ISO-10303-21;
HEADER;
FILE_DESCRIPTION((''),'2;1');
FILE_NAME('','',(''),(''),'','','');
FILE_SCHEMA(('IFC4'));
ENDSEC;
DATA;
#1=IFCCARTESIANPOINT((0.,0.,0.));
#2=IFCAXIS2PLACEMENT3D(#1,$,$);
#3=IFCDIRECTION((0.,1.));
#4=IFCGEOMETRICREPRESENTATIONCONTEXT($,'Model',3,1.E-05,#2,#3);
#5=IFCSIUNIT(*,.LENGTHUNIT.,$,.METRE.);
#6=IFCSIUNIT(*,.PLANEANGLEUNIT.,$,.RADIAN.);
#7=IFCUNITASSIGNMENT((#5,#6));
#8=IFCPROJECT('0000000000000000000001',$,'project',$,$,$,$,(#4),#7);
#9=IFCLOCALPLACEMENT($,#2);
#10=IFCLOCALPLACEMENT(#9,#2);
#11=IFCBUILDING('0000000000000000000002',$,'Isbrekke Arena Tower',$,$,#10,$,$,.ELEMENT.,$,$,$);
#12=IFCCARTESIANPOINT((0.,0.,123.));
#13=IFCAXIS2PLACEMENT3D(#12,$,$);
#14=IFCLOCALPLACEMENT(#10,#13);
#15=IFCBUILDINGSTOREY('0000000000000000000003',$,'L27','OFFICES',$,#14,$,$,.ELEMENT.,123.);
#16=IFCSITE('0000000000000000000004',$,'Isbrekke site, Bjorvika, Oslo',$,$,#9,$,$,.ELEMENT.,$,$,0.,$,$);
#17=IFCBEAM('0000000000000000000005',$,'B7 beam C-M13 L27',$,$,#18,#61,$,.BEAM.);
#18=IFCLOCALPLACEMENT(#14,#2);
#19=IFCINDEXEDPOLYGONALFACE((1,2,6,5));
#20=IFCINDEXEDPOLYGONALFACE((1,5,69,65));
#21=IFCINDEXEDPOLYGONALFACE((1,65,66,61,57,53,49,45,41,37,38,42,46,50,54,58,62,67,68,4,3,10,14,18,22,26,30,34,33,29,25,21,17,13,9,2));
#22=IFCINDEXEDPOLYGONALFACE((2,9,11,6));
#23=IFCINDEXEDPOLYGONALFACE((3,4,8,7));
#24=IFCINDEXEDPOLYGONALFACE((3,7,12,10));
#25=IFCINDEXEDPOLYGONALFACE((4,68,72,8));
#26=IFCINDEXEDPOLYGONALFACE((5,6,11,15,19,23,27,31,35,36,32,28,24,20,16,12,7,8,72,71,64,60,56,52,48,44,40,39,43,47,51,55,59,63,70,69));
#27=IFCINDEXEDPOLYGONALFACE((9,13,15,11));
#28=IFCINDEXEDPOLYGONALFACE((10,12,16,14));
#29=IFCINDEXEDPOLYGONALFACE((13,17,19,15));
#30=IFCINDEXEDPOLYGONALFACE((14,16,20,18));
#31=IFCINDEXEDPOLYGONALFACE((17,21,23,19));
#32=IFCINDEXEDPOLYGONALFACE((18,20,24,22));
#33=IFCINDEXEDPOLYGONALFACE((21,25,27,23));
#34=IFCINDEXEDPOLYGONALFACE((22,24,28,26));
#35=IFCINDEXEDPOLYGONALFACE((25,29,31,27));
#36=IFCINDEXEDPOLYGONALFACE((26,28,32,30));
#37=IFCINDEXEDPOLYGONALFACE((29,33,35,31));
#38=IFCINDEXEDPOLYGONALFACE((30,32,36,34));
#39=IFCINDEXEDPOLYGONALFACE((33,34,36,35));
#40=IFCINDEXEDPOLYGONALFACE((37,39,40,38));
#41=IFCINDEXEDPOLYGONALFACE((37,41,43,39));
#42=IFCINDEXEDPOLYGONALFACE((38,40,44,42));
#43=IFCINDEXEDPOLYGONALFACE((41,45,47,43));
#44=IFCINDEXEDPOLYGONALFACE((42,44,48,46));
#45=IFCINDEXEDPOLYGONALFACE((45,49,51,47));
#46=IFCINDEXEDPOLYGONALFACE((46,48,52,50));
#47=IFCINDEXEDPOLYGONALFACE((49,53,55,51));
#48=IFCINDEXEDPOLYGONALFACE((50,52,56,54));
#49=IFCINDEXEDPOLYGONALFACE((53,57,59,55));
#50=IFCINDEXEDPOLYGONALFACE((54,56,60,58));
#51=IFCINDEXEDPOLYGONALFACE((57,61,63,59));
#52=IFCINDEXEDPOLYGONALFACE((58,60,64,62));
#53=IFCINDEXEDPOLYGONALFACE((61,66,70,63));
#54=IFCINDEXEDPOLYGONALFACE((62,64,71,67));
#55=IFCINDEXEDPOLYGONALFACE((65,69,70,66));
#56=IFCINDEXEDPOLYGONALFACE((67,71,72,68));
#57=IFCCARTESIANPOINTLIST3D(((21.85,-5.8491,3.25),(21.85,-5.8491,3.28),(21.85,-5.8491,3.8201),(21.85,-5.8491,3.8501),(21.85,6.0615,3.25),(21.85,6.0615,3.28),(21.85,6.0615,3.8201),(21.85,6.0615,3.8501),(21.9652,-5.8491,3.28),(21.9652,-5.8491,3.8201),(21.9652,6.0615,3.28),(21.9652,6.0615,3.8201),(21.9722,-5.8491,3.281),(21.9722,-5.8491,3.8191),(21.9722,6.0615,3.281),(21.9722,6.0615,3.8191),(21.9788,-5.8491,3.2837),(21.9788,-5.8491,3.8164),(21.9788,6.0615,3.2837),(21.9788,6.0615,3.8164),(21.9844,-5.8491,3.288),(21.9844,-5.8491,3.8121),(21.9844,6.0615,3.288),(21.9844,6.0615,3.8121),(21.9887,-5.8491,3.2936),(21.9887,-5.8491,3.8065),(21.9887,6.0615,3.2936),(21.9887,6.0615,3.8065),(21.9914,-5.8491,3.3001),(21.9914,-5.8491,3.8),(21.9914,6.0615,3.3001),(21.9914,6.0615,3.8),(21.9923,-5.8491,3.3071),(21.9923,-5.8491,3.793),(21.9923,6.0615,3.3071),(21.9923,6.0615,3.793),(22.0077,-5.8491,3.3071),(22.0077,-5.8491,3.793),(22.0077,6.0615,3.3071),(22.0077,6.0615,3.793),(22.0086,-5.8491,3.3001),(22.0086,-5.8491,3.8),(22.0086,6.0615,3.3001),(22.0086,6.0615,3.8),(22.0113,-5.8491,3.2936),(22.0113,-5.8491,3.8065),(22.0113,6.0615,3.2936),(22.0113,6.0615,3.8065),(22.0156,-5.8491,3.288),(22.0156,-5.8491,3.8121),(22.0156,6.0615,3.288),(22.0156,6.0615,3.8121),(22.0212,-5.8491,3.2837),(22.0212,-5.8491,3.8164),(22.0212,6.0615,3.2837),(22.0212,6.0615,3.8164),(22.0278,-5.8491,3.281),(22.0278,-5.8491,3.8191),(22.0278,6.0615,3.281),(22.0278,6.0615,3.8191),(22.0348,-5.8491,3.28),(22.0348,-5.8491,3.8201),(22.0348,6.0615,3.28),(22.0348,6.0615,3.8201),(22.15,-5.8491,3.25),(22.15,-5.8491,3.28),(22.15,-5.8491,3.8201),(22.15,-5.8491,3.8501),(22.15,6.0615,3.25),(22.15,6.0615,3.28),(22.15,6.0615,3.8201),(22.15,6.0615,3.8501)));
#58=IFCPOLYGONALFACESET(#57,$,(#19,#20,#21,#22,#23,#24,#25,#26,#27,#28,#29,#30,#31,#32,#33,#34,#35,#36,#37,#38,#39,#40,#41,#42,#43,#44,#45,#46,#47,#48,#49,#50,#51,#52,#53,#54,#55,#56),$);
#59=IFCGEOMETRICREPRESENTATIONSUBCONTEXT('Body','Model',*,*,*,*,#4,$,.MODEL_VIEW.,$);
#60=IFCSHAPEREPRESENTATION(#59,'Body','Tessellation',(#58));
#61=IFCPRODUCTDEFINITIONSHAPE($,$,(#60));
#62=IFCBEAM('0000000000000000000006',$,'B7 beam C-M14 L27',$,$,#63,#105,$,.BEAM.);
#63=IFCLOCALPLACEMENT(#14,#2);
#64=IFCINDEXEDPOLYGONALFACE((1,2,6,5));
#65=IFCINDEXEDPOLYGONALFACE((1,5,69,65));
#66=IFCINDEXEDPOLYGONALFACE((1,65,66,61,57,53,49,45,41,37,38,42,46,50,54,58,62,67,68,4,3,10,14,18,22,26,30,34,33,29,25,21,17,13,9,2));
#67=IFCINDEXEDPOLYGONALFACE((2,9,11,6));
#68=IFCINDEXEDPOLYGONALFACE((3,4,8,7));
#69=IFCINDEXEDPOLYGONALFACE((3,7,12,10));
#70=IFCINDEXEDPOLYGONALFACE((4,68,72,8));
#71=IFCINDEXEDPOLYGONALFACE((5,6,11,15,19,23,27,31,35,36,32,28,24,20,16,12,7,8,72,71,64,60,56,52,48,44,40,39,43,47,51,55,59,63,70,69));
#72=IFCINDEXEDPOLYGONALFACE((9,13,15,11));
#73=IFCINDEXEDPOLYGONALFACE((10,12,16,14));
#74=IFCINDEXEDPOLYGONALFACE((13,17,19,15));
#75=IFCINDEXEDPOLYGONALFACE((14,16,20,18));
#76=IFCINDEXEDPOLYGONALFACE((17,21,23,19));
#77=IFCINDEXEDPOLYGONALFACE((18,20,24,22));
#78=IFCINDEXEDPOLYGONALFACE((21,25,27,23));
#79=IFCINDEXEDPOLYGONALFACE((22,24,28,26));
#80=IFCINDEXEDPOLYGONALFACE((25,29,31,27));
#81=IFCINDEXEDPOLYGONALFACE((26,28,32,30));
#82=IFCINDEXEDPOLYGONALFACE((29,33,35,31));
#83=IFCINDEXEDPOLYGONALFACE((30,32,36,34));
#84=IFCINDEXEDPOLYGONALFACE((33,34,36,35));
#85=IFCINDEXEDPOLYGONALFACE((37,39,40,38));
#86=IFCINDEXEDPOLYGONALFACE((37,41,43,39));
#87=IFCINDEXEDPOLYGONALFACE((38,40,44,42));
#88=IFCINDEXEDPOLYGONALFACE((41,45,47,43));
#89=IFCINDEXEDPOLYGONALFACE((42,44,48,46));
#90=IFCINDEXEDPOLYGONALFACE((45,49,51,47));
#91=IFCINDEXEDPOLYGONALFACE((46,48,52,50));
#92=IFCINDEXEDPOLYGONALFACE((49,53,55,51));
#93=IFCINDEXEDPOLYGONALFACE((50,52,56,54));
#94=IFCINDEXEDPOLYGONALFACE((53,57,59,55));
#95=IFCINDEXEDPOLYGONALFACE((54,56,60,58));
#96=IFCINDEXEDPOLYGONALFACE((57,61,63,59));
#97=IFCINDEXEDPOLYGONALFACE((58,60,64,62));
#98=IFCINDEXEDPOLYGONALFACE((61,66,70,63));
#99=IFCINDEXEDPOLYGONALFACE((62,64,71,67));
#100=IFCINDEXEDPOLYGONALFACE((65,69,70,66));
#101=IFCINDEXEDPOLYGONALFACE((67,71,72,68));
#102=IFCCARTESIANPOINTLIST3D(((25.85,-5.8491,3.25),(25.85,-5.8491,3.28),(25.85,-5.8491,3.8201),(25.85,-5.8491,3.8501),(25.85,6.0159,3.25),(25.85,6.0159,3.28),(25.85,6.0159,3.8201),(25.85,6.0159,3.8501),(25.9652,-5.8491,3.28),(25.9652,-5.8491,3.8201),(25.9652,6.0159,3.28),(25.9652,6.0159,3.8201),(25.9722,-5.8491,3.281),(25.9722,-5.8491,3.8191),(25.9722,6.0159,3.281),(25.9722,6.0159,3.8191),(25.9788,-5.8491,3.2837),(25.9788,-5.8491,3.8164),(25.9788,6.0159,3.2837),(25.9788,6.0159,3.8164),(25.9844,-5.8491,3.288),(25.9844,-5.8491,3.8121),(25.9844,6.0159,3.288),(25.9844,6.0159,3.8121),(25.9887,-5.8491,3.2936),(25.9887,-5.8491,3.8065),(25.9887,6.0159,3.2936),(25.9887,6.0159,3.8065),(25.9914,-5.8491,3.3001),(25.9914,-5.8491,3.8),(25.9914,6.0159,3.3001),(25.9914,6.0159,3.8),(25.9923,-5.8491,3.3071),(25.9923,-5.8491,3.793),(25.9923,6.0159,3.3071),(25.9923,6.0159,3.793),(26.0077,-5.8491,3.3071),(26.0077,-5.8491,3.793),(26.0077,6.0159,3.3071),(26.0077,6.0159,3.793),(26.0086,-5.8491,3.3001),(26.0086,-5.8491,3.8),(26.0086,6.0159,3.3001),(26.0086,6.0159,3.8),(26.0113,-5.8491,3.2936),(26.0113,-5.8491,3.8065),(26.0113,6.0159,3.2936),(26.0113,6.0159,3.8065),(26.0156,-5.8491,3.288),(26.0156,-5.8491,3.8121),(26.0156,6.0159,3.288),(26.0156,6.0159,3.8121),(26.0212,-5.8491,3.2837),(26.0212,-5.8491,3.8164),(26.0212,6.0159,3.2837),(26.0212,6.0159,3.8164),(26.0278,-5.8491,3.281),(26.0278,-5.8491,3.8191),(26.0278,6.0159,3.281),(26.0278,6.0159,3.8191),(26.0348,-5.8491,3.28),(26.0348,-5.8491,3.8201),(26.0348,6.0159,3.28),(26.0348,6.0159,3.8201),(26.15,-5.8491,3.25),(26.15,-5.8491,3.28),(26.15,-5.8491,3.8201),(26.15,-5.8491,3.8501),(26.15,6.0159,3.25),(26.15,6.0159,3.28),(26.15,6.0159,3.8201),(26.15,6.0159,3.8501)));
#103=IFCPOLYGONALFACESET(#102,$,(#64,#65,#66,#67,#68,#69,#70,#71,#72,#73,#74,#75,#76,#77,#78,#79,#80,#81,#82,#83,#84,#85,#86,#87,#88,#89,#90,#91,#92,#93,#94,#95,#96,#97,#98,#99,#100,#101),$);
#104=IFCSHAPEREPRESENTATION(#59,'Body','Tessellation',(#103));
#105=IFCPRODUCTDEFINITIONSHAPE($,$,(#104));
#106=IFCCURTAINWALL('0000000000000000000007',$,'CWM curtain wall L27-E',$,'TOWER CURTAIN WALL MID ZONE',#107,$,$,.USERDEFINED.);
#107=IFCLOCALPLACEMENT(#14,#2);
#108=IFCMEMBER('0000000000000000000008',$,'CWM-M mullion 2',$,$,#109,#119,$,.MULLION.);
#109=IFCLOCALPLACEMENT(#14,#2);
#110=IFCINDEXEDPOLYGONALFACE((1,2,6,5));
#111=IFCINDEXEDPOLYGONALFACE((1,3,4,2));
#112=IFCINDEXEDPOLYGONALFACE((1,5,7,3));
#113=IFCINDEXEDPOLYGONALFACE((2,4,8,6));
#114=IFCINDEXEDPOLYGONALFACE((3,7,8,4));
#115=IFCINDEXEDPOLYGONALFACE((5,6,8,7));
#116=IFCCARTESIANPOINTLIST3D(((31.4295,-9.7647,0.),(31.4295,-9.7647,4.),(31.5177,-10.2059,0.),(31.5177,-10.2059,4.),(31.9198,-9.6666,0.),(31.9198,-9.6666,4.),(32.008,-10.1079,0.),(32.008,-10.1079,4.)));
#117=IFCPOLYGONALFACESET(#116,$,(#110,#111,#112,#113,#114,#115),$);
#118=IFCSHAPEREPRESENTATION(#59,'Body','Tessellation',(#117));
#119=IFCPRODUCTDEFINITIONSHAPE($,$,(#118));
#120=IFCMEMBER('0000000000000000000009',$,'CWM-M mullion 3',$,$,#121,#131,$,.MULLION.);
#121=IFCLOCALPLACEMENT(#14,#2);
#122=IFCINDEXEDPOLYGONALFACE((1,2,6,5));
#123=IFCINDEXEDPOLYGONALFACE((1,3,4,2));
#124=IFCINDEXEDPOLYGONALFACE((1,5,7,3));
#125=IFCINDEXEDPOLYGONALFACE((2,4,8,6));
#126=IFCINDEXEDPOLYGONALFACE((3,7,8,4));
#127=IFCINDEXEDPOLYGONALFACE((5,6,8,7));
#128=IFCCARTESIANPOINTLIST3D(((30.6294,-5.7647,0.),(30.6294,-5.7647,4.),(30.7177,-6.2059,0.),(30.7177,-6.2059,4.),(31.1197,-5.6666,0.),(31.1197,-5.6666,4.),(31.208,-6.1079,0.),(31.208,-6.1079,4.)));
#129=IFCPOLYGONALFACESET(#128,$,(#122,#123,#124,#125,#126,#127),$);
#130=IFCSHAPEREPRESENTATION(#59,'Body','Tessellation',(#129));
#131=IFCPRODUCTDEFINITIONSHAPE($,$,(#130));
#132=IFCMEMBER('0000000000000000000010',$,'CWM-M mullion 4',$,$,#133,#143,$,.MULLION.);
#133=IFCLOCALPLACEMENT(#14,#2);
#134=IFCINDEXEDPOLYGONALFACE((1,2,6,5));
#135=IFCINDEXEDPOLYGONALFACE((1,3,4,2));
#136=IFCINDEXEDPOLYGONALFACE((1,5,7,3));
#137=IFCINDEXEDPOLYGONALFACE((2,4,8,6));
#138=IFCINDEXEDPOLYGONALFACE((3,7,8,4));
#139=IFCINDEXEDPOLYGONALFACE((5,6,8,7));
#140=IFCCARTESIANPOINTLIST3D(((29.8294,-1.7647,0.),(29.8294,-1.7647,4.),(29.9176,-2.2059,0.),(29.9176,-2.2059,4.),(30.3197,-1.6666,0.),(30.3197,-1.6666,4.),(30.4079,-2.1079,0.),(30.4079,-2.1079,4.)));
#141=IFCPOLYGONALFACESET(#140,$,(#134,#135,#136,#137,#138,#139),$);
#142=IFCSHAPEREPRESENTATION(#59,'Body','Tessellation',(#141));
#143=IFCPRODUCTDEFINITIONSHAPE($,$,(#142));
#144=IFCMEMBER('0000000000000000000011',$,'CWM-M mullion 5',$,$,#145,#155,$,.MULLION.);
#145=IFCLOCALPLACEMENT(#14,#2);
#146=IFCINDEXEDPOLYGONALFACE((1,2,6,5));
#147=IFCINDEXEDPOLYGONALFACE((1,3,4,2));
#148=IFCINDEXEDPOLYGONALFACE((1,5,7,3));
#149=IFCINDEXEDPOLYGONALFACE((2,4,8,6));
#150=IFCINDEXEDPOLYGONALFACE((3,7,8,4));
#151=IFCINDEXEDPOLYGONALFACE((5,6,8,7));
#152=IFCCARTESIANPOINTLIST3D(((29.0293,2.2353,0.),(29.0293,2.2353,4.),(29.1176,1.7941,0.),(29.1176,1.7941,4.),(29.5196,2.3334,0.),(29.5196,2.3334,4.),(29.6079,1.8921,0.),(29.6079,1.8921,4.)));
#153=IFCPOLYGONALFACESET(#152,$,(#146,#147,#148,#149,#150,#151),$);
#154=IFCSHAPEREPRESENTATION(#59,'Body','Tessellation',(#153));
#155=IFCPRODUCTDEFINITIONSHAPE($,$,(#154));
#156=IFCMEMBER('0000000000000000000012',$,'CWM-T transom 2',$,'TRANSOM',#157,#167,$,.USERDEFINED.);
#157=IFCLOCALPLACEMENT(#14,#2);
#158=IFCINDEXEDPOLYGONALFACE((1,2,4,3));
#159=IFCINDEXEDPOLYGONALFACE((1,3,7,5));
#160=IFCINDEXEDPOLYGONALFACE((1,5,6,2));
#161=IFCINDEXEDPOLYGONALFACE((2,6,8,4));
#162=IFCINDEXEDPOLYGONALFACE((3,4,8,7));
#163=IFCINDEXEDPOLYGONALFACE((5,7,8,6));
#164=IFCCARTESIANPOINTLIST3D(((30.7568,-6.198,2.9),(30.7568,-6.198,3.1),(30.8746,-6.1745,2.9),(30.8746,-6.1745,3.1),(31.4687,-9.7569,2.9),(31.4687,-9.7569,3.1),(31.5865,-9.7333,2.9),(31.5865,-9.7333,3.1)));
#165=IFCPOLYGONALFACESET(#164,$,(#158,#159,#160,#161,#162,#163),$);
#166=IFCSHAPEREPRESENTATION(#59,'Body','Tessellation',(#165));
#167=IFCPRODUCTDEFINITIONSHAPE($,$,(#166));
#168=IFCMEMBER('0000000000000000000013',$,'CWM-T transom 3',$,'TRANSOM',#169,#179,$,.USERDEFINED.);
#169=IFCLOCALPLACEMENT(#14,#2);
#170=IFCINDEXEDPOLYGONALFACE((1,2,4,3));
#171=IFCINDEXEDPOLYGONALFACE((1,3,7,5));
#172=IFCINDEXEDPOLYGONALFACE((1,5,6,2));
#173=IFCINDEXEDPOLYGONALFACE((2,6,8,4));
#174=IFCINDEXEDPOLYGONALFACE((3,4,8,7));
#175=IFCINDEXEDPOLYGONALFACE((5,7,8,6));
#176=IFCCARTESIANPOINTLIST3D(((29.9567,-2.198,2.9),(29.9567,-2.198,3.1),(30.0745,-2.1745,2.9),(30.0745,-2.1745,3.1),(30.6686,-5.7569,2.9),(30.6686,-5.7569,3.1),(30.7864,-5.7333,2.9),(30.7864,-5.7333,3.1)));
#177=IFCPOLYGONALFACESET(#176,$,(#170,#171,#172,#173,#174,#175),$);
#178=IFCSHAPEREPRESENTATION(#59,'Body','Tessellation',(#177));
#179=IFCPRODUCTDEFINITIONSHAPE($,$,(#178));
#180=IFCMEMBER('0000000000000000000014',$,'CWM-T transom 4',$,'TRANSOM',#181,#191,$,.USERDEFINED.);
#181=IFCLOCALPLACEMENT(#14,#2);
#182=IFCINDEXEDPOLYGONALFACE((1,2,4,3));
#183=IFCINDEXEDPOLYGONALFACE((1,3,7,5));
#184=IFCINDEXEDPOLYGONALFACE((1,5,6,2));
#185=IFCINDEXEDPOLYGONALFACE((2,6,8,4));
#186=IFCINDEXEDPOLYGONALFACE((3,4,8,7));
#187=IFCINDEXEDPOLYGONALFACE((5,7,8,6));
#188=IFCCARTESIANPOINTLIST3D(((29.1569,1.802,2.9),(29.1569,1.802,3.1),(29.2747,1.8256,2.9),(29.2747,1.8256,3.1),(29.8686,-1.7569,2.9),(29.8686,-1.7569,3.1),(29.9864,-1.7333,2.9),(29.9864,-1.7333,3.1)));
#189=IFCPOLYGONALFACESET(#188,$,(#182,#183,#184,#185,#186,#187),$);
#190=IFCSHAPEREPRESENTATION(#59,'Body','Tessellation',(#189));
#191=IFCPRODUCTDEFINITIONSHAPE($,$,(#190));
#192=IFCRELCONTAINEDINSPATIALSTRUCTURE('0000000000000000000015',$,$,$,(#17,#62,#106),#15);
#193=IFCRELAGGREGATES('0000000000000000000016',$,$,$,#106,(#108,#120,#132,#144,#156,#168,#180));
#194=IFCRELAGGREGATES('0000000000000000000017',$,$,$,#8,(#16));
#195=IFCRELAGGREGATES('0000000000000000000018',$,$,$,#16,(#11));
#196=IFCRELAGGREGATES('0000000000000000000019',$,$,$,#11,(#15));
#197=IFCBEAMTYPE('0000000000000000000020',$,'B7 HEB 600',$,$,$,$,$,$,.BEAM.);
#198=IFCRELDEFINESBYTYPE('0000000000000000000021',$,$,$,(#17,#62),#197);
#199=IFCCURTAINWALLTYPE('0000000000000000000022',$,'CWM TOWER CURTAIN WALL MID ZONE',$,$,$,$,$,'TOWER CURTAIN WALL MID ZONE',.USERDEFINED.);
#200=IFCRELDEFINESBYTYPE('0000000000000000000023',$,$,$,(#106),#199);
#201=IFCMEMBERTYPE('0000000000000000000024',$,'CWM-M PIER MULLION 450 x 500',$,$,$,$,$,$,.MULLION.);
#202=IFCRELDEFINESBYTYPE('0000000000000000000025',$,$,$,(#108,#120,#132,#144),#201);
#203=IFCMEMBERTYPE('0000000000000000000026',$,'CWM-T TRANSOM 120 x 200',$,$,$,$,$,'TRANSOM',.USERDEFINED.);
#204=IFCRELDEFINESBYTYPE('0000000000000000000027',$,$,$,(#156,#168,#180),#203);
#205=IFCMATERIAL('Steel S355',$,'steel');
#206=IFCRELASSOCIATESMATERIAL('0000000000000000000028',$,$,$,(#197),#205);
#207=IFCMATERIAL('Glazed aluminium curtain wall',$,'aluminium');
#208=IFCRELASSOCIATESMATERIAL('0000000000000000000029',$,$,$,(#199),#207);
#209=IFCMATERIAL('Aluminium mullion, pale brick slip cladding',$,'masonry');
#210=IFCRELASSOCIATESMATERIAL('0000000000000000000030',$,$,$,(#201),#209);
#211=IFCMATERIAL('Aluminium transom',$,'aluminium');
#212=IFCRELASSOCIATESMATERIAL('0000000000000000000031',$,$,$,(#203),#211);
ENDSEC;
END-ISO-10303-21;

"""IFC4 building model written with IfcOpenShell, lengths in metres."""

from ifc_helpers import new_model, si_unit, direction, frame, origin, origin_2d, place, context, subcontext, project, spatial, rectangle, i_section, extrude, material, material_profile, profile_set, type_object, element, aggregate, save


model = new_model("IFC4")

# Units and contexts
model_context = context("Model", 3, precision=1e-05, world=origin(), true_north=direction((0.0, 1.0)))
body_context = subcontext(model_context, "Body", "Model", "MODEL_VIEW")
ifc_project = project(units=[si_unit("LENGTHUNIT", "METRE"), si_unit("PLANEANGLEUNIT", "RADIAN")], contexts=[model_context])

# Site, building, storey
site_placement = place(None, origin())
site = spatial("IfcSite", under=ifc_project, at=site_placement, Name="Isbrekke site, Bjorvika, Oslo", CompositionType="ELEMENT", RefElevation=0.0)
building_placement = place(site_placement, origin())
building = spatial("IfcBuilding", under=site, at=building_placement, Name="Isbrekke Arena Tower", CompositionType="ELEMENT")
storey_placement = place(building_placement, frame((0.0, 0.0, 123.0)))
storey = spatial("IfcBuildingStorey", under=building, at=storey_placement, Name="L27", Description="OFFICES", CompositionType="ELEMENT", Elevation=123.0)

# Beams
ifc_material_1 = material(Name="Steel S355", Category="steel")
ifc_material_profile_1 = material_profile(ifc_material_1, i_section(OverallWidth=0.3, OverallDepth=0.6001, WebThickness=0.0154, FlangeThickness=0.03, FilletRadius=0.0271, at=origin_2d()), Name="HEB 600")
ifc_profile_set_1 = profile_set([ifc_material_profile_1], Name="Steel S355")
beam_type_1 = type_object("IfcBeamType", Name="B7 HEB 600", PredefinedType="BEAM", material=ifc_profile_set_1)
beam_1_placement = place(storey_placement, frame((22.0, -5.8491, 3.55), z_axis=(0.0, 1.0, 0.0), x_axis=(-1.0, 0.0, 0.0)))
element("IfcBeam", 1, at=beam_1_placement, inside=storey, type_object=beam_type_1, Name="B7 beam C-M13 L27", PredefinedType="BEAM", context=body_context, shape_type="SweptSolid", body=[
    extrude(i_section(OverallWidth=0.3, OverallDepth=0.6001, WebThickness=0.0154, FlangeThickness=0.03, FilletRadius=0.0271, at=origin_2d()), origin(), (0.0, 0.0, 1.0), 11.9106),
])
beam_2_placement = place(storey_placement, frame((26.0, -5.8491, 3.55), z_axis=(0.0, 1.0, 0.0), x_axis=(-1.0, 0.0, 0.0)))
element("IfcBeam", 2, at=beam_2_placement, inside=storey, type_object=beam_type_1, Name="B7 beam C-M14 L27", PredefinedType="BEAM", context=body_context, shape_type="SweptSolid", body=[
    extrude(i_section(OverallWidth=0.3, OverallDepth=0.6001, WebThickness=0.0154, FlangeThickness=0.03, FilletRadius=0.0271, at=origin_2d()), origin(), (0.0, 0.0, 1.0), 11.865),
])

# Curtain wall, members
ifc_material_2 = material(Name="Glazed aluminium curtain wall", Category="aluminium")
curtain_wall_type = type_object("IfcCurtainWallType", Name="CWM TOWER CURTAIN WALL MID ZONE", ElementType="TOWER CURTAIN WALL MID ZONE", PredefinedType="USERDEFINED", material=ifc_material_2)
curtain_wall_placement = place(storey_placement, origin())
curtain_wall = element("IfcCurtainWall", 3, at=curtain_wall_placement, inside=storey, type_object=curtain_wall_type, Name="CWM curtain wall L27-E", ObjectType="TOWER CURTAIN WALL MID ZONE", PredefinedType="USERDEFINED")
ifc_material_3 = material(Name="Aluminium mullion, pale brick slip cladding", Category="masonry")
ifc_material_profile_2 = material_profile(ifc_material_3, rectangle(XDim=0.45, YDim=0.5, at=origin_2d()), Name="PIER 450X500")
ifc_profile_set_2 = profile_set([ifc_material_profile_2], Name="Aluminium mullion, pale brick slip cladding")
member_type_1 = type_object("IfcMemberType", Name="CWM-M PIER MULLION 450 x 500", PredefinedType="MULLION", material=ifc_profile_set_2)
member_1_placement = place(storey_placement, frame((31.7188, -9.9363, 0.0), z_axis=(0.0, 0.0, 1.0), x_axis=(-0.196116, 0.980581, 0.0)))
member_1 = element("IfcMember", 4, at=member_1_placement, type_object=member_type_1, Name="CWM-M mullion 2", PredefinedType="MULLION", context=body_context, shape_type="SweptSolid", body=[
    extrude(rectangle(XDim=0.45, YDim=0.5, at=origin_2d()), origin(), (0.0, 0.0, 1.0), 4.0),
])
member_2_placement = place(storey_placement, frame((30.9187, -5.9363, 0.0), z_axis=(0.0, 0.0, 1.0), x_axis=(-0.196116, 0.980581, 0.0)))
member_2 = element("IfcMember", 5, at=member_2_placement, type_object=member_type_1, Name="CWM-M mullion 3", PredefinedType="MULLION", context=body_context, shape_type="SweptSolid", body=[
    extrude(rectangle(XDim=0.45, YDim=0.5, at=origin_2d()), origin(), (0.0, 0.0, 1.0), 4.0),
])
member_3_placement = place(storey_placement, frame((30.1187, -1.9363, 0.0), z_axis=(0.0, 0.0, 1.0), x_axis=(-0.196116, 0.980581, 0.0)))
member_3 = element("IfcMember", 6, at=member_3_placement, type_object=member_type_1, Name="CWM-M mullion 4", PredefinedType="MULLION", context=body_context, shape_type="SweptSolid", body=[
    extrude(rectangle(XDim=0.45, YDim=0.5, at=origin_2d()), origin(), (0.0, 0.0, 1.0), 4.0),
])
member_4_placement = place(storey_placement, frame((29.3186, 2.0637, 0.0), z_axis=(0.0, 0.0, 1.0), x_axis=(-0.196116, 0.980581, 0.0)))
member_4 = element("IfcMember", 7, at=member_4_placement, type_object=member_type_1, Name="CWM-M mullion 5", PredefinedType="MULLION", context=body_context, shape_type="SweptSolid", body=[
    extrude(rectangle(XDim=0.45, YDim=0.5, at=origin_2d()), origin(), (0.0, 0.0, 1.0), 4.0),
])
ifc_material_4 = material(Name="Aluminium transom", Category="aluminium")
ifc_material_profile_3 = material_profile(ifc_material_4, rectangle(XDim=0.1201, YDim=0.2, at=origin_2d()), Name="TRANSOM 120X200")
ifc_profile_set_3 = profile_set([ifc_material_profile_3], Name="Aluminium transom")
member_type_2 = type_object("IfcMemberType", Name="CWM-T TRANSOM 120 x 200", ElementType="TRANSOM", PredefinedType="USERDEFINED", material=ifc_profile_set_3)
member_5_placement = place(storey_placement, frame((31.5276, -9.7451, 3.0), z_axis=(-0.196155, 0.980573, 0.0), x_axis=(-0.980573, -0.196155, 0.0)))
member_5 = element("IfcMember", 8, at=member_5_placement, type_object=member_type_2, Name="CWM-T transom 2", ObjectType="TRANSOM", PredefinedType="USERDEFINED", context=body_context, shape_type="SweptSolid", body=[
    extrude(rectangle(XDim=0.1201, YDim=0.2, at=origin_2d()), origin(), (0.0, 0.0, 1.0), 3.6294),
])
member_6_placement = place(storey_placement, frame((30.7275, -5.7451, 3.0), z_axis=(-0.196155, 0.980573, 0.0), x_axis=(-0.980573, -0.196155, 0.0)))
member_6 = element("IfcMember", 9, at=member_6_placement, type_object=member_type_2, Name="CWM-T transom 3", ObjectType="TRANSOM", PredefinedType="USERDEFINED", context=body_context, shape_type="SweptSolid", body=[
    extrude(rectangle(XDim=0.1201, YDim=0.2, at=origin_2d()), origin(), (0.0, 0.0, 1.0), 3.6294),
])
member_7_placement = place(storey_placement, frame((29.9275, -1.7451, 3.0), z_axis=(-0.19609, 0.980586, 0.0), x_axis=(-0.980586, -0.19609, 0.0)))
member_7 = element("IfcMember", 10, at=member_7_placement, type_object=member_type_2, Name="CWM-T transom 4", ObjectType="TRANSOM", PredefinedType="USERDEFINED", context=body_context, shape_type="SweptSolid", body=[
    extrude(rectangle(XDim=0.1201, YDim=0.2, at=origin_2d()), origin(), (0.0, 0.0, 1.0), 3.6294),
])

aggregate(curtain_wall, [member_1, member_2, member_3, member_4, member_5, member_6, member_7])

save(model, "model.ifc")
